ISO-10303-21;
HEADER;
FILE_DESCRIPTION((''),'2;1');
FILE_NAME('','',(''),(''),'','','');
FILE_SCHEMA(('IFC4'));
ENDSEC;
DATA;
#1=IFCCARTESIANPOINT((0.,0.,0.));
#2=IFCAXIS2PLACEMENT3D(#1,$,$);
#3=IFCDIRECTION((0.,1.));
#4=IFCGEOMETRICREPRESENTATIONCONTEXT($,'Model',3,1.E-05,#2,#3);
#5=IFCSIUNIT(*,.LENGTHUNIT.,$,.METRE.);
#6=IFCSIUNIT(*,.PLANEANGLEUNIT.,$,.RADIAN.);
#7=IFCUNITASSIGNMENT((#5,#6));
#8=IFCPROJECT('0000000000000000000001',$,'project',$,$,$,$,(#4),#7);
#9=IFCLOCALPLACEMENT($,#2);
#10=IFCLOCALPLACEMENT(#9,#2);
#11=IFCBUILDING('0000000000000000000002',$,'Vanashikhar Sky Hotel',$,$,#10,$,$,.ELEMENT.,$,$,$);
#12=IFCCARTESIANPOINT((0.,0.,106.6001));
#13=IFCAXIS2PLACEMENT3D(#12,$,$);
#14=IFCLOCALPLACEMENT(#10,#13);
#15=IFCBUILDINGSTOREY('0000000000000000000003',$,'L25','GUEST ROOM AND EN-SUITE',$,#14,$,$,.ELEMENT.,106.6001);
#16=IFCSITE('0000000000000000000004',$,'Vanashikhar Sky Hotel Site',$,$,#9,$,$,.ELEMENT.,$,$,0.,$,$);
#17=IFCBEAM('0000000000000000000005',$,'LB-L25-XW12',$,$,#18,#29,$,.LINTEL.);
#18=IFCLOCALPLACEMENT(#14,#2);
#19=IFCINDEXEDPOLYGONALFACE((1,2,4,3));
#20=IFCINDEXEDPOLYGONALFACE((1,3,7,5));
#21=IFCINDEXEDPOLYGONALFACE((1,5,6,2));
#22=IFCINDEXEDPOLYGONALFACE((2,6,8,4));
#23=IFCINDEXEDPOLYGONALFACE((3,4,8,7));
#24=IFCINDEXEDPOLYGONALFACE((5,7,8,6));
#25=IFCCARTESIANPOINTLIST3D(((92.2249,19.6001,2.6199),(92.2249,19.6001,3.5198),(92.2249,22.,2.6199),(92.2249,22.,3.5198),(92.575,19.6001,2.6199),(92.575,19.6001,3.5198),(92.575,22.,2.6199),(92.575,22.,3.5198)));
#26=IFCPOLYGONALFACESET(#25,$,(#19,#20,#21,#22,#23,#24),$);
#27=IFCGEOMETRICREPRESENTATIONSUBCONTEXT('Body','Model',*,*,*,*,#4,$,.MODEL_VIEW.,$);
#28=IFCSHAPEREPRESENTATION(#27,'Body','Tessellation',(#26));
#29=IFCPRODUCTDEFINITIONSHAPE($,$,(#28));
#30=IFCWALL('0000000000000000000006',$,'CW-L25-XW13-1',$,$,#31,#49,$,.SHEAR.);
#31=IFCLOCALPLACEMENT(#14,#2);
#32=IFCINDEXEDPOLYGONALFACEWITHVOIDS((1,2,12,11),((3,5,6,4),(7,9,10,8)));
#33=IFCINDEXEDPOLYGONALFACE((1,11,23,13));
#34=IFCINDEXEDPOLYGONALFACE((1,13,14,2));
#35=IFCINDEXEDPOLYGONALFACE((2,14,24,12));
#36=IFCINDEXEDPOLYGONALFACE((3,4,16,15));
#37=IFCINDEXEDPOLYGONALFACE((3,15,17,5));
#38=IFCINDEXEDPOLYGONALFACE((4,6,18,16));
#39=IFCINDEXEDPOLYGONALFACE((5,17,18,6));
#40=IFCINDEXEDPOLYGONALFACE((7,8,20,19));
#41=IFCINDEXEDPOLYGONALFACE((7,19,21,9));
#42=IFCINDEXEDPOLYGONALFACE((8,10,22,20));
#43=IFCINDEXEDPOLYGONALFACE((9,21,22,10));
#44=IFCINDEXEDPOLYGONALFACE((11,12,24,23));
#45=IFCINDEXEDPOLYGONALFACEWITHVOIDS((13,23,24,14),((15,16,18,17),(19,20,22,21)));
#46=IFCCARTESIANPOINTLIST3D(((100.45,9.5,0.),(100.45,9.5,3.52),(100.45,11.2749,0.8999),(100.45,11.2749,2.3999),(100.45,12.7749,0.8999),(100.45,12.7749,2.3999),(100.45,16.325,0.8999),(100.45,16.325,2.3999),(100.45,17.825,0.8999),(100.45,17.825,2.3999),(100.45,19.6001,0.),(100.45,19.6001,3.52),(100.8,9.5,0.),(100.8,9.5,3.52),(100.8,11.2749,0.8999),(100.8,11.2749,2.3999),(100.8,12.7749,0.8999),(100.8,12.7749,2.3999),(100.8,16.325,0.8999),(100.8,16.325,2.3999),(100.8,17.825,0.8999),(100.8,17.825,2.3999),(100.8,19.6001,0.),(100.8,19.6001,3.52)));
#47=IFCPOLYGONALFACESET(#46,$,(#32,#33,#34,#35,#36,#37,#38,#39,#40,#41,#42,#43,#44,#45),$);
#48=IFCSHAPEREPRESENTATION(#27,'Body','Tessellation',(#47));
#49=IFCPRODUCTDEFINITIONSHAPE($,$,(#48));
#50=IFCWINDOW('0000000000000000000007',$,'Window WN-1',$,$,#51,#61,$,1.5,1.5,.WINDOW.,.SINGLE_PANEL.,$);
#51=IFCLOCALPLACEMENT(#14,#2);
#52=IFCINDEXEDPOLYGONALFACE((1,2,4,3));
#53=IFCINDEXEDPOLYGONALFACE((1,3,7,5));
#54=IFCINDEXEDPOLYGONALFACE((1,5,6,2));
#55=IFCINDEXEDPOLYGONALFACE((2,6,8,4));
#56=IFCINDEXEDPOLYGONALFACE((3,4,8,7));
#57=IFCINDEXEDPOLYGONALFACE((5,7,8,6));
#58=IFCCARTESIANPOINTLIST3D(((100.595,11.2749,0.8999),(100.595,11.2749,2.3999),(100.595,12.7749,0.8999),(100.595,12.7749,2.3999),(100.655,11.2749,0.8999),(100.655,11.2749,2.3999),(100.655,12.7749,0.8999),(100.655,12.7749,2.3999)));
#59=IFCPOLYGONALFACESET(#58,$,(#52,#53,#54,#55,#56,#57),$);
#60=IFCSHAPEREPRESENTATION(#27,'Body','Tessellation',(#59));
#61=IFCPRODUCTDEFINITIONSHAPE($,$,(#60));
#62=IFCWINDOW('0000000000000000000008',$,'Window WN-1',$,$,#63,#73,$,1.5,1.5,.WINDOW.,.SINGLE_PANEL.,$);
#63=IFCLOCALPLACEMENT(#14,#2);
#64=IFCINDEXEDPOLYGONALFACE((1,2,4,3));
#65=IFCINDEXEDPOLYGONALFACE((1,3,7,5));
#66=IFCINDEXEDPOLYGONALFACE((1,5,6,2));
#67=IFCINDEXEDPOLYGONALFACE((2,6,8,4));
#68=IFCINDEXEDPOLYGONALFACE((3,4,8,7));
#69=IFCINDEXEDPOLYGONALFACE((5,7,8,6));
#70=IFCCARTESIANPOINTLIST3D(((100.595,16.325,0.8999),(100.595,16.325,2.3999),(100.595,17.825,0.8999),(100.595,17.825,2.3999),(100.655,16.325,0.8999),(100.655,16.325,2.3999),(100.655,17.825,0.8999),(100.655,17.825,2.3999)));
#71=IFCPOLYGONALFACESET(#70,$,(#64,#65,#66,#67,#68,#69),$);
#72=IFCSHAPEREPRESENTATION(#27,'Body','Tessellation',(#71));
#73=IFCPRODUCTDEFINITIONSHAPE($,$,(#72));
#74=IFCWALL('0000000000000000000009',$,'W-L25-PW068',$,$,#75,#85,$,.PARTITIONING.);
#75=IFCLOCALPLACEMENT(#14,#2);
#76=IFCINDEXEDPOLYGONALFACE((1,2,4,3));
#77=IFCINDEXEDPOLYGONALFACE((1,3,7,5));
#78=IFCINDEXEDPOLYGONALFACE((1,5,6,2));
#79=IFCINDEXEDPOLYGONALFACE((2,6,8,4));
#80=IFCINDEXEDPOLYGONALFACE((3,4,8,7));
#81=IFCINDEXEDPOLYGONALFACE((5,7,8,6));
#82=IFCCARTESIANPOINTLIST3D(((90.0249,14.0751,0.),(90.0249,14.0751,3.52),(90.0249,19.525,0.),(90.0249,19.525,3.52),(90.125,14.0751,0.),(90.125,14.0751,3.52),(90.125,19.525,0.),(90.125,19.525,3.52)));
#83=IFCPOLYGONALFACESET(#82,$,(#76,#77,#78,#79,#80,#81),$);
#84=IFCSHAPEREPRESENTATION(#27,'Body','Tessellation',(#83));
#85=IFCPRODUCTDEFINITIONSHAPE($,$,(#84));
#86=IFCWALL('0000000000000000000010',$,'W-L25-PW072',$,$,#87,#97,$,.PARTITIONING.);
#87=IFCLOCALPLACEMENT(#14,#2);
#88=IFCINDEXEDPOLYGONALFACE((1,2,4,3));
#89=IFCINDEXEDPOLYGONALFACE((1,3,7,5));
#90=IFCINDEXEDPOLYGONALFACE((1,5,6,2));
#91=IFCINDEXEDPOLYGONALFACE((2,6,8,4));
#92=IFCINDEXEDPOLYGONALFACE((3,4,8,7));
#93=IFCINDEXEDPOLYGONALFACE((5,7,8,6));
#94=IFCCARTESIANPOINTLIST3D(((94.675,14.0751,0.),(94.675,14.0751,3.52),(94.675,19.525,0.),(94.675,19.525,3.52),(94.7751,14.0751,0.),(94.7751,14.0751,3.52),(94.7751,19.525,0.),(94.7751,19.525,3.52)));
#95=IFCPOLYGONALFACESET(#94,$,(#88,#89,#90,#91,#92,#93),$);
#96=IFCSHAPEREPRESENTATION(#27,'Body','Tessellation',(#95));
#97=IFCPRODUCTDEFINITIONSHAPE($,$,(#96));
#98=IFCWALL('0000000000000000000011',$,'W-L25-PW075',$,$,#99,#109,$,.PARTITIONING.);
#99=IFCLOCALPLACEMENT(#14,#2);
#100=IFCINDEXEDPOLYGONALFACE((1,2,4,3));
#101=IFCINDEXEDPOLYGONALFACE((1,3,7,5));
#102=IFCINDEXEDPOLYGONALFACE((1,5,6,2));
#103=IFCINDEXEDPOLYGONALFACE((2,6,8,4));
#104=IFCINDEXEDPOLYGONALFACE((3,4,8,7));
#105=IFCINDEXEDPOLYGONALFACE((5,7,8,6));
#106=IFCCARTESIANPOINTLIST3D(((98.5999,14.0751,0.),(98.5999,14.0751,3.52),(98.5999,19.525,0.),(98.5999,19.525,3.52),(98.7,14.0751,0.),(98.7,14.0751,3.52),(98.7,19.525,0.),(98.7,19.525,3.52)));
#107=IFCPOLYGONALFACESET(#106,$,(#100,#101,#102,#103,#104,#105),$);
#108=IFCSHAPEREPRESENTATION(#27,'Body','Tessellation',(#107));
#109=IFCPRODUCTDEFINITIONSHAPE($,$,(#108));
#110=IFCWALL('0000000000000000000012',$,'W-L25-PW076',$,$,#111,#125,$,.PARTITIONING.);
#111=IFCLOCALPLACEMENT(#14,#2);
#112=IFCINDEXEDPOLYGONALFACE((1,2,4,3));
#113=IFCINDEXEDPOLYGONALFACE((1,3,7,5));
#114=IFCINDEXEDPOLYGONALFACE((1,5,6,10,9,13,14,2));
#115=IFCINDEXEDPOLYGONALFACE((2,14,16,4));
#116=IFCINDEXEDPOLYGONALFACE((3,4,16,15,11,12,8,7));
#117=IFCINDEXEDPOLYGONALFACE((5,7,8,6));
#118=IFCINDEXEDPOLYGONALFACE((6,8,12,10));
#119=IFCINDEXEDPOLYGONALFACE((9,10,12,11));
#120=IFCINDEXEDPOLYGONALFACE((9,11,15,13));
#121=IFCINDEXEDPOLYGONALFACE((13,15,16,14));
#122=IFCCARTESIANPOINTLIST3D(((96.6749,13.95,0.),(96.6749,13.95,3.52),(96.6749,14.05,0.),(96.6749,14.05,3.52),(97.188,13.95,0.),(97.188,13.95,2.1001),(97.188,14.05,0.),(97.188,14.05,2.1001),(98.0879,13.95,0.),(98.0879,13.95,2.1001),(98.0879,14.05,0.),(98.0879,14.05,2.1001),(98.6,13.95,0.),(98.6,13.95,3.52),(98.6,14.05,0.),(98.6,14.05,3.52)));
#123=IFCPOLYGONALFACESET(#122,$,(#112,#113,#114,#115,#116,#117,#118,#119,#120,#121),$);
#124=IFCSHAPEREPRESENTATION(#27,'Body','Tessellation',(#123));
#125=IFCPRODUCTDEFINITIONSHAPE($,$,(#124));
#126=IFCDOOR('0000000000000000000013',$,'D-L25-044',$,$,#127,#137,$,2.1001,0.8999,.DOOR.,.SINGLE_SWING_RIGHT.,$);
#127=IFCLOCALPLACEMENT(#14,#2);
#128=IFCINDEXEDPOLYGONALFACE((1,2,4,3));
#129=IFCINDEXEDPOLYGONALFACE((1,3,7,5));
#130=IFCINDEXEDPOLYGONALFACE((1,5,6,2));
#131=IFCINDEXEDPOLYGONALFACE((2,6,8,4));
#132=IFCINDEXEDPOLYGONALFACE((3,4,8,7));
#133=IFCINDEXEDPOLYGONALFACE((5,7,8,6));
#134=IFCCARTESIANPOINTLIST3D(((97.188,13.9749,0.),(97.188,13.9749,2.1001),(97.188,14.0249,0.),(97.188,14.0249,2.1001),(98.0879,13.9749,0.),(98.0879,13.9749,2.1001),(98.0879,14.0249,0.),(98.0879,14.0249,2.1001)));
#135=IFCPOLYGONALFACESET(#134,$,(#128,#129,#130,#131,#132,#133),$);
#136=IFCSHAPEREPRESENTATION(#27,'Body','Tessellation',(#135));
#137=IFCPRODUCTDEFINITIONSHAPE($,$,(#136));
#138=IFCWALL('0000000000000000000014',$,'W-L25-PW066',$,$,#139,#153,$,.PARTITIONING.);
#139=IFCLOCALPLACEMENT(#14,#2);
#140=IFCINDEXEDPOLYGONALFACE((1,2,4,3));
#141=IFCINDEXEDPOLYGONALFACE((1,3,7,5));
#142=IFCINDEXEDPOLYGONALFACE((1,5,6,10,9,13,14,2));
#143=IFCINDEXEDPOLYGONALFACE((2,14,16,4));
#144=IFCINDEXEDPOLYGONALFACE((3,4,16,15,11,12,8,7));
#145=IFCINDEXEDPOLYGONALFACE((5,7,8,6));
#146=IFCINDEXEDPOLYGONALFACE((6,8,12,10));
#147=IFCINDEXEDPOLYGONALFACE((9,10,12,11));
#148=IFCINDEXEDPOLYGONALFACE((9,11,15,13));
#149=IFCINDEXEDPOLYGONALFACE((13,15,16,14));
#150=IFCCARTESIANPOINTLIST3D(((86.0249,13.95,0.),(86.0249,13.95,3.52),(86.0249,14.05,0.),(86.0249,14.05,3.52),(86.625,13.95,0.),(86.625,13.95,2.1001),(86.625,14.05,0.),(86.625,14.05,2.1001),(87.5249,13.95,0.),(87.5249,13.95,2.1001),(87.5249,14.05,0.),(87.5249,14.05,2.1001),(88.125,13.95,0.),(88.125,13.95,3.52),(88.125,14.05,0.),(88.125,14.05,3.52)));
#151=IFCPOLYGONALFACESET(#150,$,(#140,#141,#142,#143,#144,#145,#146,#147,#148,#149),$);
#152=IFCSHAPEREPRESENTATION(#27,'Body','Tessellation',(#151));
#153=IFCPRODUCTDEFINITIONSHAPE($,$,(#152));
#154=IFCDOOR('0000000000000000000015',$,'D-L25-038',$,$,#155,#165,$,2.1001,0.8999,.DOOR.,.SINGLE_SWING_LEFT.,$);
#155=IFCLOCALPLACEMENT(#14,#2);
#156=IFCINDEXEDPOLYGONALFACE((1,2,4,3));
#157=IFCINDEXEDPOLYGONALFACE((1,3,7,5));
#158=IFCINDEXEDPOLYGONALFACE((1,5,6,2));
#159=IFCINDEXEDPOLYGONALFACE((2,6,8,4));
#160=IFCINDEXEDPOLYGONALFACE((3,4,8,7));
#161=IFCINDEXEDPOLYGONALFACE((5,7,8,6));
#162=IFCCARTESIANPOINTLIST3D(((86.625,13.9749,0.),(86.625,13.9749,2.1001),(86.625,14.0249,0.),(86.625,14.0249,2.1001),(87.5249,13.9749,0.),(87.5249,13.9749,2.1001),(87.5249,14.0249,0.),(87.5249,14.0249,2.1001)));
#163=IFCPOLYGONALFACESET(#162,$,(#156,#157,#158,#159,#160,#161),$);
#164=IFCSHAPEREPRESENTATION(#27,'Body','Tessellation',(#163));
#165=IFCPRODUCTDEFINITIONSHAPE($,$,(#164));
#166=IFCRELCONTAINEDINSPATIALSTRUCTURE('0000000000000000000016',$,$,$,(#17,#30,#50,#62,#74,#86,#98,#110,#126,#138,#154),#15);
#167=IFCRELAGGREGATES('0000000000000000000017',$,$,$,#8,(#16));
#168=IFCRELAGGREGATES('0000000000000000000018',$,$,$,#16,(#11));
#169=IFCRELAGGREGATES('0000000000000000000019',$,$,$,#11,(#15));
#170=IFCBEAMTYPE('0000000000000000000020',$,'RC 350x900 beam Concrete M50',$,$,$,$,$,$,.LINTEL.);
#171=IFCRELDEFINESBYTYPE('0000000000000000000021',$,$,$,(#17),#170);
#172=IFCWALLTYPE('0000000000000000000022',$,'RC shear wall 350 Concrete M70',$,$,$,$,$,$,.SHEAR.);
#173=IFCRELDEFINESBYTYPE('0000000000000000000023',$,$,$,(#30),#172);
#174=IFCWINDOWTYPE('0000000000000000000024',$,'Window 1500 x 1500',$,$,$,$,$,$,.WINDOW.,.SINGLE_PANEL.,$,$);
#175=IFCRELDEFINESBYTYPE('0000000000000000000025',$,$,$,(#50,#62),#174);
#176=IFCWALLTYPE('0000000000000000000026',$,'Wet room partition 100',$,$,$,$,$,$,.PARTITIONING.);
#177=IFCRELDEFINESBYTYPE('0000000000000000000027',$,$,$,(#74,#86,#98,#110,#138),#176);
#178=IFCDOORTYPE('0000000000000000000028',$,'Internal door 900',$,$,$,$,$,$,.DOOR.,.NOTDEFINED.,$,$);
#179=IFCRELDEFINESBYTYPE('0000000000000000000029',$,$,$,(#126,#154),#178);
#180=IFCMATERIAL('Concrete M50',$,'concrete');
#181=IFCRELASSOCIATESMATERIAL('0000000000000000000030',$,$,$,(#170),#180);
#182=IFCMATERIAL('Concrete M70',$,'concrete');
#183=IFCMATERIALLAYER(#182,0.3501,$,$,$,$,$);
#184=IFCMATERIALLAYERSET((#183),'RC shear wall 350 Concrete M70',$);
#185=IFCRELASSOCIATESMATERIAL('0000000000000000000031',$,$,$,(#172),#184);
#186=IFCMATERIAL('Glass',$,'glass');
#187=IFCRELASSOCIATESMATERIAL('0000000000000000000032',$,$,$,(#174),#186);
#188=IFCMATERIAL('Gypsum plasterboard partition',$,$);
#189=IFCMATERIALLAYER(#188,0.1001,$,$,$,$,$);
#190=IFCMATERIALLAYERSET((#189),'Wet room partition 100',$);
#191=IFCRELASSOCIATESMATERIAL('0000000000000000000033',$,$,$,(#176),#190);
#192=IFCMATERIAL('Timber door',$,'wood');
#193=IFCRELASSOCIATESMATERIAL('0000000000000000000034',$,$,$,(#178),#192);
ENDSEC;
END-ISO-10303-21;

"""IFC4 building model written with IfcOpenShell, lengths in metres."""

from ifc_helpers import new_model, si_unit, direction, frame, frame_2d, origin, origin_2d, place, context, subcontext, project, spatial, rectangle, extrude, source, transform, mapped, material, layer, layer_set, material_profile, profile_set, type_object, element, fill, save


model = new_model("IFC4")

# Units and contexts
model_context = context("Model", 3, precision=1e-05, world=origin(), true_north=direction((0.0, 1.0)))
body_context = subcontext(model_context, "Body", "Model", "MODEL_VIEW")
ifc_project = project(units=[si_unit("LENGTHUNIT", "METRE"), si_unit("PLANEANGLEUNIT", "RADIAN")], contexts=[model_context])

# Site, building, storey
site_placement = place(None, origin())
site = spatial("IfcSite", under=ifc_project, at=site_placement, Name="Vanashikhar Sky Hotel Site", CompositionType="ELEMENT", RefElevation=0.0)
building_placement = place(site_placement, origin())
building = spatial("IfcBuilding", under=site, at=building_placement, Name="Vanashikhar Sky Hotel", CompositionType="ELEMENT")
storey_placement = place(building_placement, frame((0.0, 0.0, 106.6001)))
storey = spatial("IfcBuildingStorey", under=building, at=storey_placement, Name="L25", Description="GUEST ROOM AND EN-SUITE", CompositionType="ELEMENT", Elevation=106.6001)

# Beam
ifc_material_1 = material(Name="Concrete M50", Category="concrete")
ifc_material_profile = material_profile(ifc_material_1, rectangle(XDim=0.3501, YDim=0.8999, at=origin_2d()))
ifc_profile_set = profile_set([ifc_material_profile], Name="RC 350x900 beam Concrete M50")
beam_type = type_object("IfcBeamType", Name="RC 350x900 beam Concrete M50", PredefinedType="LINTEL", material=ifc_profile_set)
shared_shape_1 = source(origin(), body_context, "Body", "SweptSolid", [
    extrude(rectangle(XDim=0.3501, YDim=0.8999, at=origin_2d()), origin(), (0.0, 0.0, 1.0), 2.3999),
])
beam_placement = place(storey_placement, frame((92.3999, 19.6001, 3.0698), z_axis=(0.0, 1.0, 0.0), x_axis=(-1.0, 0.0, 0.0)))
element("IfcBeam", 1, at=beam_placement, inside=storey, type_object=beam_type, Name="LB-L25-XW12", PredefinedType="LINTEL", context=body_context, shape_type="MappedRepresentation", body=[
    mapped(shared_shape_1, transform((0.0, 0.0, 0.0), scale=1.0)),
])

# Wall, openings, windows
ifc_material_2 = material(Name="Concrete M70", Category="concrete")
ifc_layer_1 = layer(ifc_material_2, 0.3501)
ifc_layer_set_1 = layer_set([ifc_layer_1], Name="RC shear wall 350 Concrete M70")
wall_type_1 = type_object("IfcWallType", Name="RC shear wall 350 Concrete M70", PredefinedType="SHEAR", material=ifc_layer_set_1)
shared_shape_2 = source(origin(), body_context, "Body", "SweptSolid", [
    extrude(rectangle(XDim=10.1001, YDim=0.3501, at=frame_2d((5.05, 0.0))), origin(), (0.0, 0.0, 1.0), 3.52),
])
wall_1_placement = place(storey_placement, frame((100.625, 9.5, 0.0), z_axis=(0.0, 0.0, 1.0), x_axis=(0.0, 1.0, 0.0)))
wall_1 = element("IfcWall", 2, at=wall_1_placement, inside=storey, type_object=wall_type_1, Name="CW-L25-XW13-1", PredefinedType="SHEAR", context=body_context, shape_type="MappedRepresentation", body=[
    mapped(shared_shape_2, transform((0.0, 0.0, 0.0), scale=1.0)),
])
shared_shape_3 = source(origin(), body_context, "Body", "SweptSolid", [
    extrude(rectangle(XDim=1.5, YDim=1.5, at=frame_2d((0.75, 0.75))), frame((0.0, 0.1851, 0.0), z_axis=(0.0, -1.0, 0.0), x_axis=(1.0, 0.0, 0.0)), (0.0, 0.0, 1.0), 0.3701),
])
opening_1_placement = place(wall_1_placement, frame((1.7749, 0.0, 0.8999)))
opening_1 = element("IfcOpeningElement", 3, at=opening_1_placement, cuts=wall_1, PredefinedType="OPENING", context=body_context, shape_type="MappedRepresentation", body=[
    mapped(shared_shape_3, transform((0.0, 0.0, 0.0), scale=1.0)),
])
opening_2_placement = place(wall_1_placement, frame((6.825, 0.0, 0.8999)))
opening_2 = element("IfcOpeningElement", 4, at=opening_2_placement, cuts=wall_1, PredefinedType="OPENING", context=body_context, shape_type="MappedRepresentation", body=[
    mapped(shared_shape_3, transform((0.0, 0.0, 0.0), scale=1.0)),
])
ifc_material_3 = material(Name="Glass", Category="glass")
window_type = type_object("IfcWindowType", Name="Window 1500 x 1500", PartitioningType="SINGLE_PANEL", PredefinedType="WINDOW", material=ifc_material_3)
shared_shape_4 = source(origin(), body_context, "Body", "SweptSolid", [
    extrude(rectangle(XDim=1.5, YDim=1.5, at=frame_2d((0.75, 0.75))), frame((0.0, 0.03, 0.0), z_axis=(0.0, -1.0, 0.0), x_axis=(1.0, 0.0, 0.0)), (0.0, 0.0, 1.0), 0.0601),
])
window_1_placement = place(opening_1_placement, origin())
window_1 = element("IfcWindow", 5, at=window_1_placement, inside=storey, type_object=window_type, Name="Window WN-1", OverallHeight=1.5, OverallWidth=1.5, PartitioningType="SINGLE_PANEL", PredefinedType="WINDOW", context=body_context, shape_type="MappedRepresentation", body=[
    mapped(shared_shape_4, transform((0.0, 0.0, 0.0), scale=1.0)),
])
fill(opening_1, window_1)
window_2_placement = place(opening_2_placement, origin())
window_2 = element("IfcWindow", 6, at=window_2_placement, inside=storey, type_object=window_type, Name="Window WN-1", OverallHeight=1.5, OverallWidth=1.5, PartitioningType="SINGLE_PANEL", PredefinedType="WINDOW", context=body_context, shape_type="MappedRepresentation", body=[
    mapped(shared_shape_4, transform((0.0, 0.0, 0.0), scale=1.0)),
])
fill(opening_2, window_2)

# Walls
ifc_material_4 = material(Name="Gypsum plasterboard partition")
ifc_layer_2 = layer(ifc_material_4, 0.1001)
ifc_layer_set_2 = layer_set([ifc_layer_2], Name="Wet room partition 100")
wall_type_2 = type_object("IfcWallType", Name="Wet room partition 100", PredefinedType="PARTITIONING", material=ifc_layer_set_2)
shared_shape_5 = source(origin(), body_context, "Body", "SweptSolid", [
    extrude(rectangle(XDim=5.45, YDim=0.1001, at=frame_2d((2.7251, 0.0))), origin(), (0.0, 0.0, 1.0), 3.52),
])
for number, where, z_axis, x_axis, name in (
    (7, (90.075, 14.075, 0.0), (0.0, 0.0, 1.0), (0.0, 1.0, 0.0), "W-L25-PW068"),
    (8, (94.7251, 14.075, 0.0), (0.0, 0.0, 1.0), (0.0, 1.0, 0.0), "W-L25-PW072"),
    (9, (98.6499, 14.075, 0.0), (0.0, 0.0, 1.0), (0.0, 1.0, 0.0), "W-L25-PW075"),
):
    element("IfcWall", number, at=place(storey_placement, frame(where, z_axis=z_axis, x_axis=x_axis)), inside=storey, type_object=wall_type_2, Name=name, PredefinedType="PARTITIONING", context=body_context, shape_type="MappedRepresentation", body=[
        mapped(shared_shape_5, transform((0.0, 0.0, 0.0), scale=1.0)),
    ])

# Walls, openings, doors
shared_shape_6 = source(origin(), body_context, "Body", "SweptSolid", [
    extrude(rectangle(XDim=1.925, YDim=0.1001, at=frame_2d((0.9624, 0.0))), origin(), (0.0, 0.0, 1.0), 3.52),
])
wall_2_placement = place(storey_placement, frame((96.675, 14.0, 0.0), z_axis=(0.0, 0.0, 1.0), x_axis=(1.0, 0.0, 0.0)))
wall_2 = element("IfcWall", 10, at=wall_2_placement, inside=storey, type_object=wall_type_2, Name="W-L25-PW076", PredefinedType="PARTITIONING", context=body_context, shape_type="MappedRepresentation", body=[
    mapped(shared_shape_6, transform((0.0, 0.0, 0.0), scale=1.0)),
])
shared_shape_7 = source(origin(), body_context, "Body", "SweptSolid", [
    extrude(rectangle(XDim=0.8999, YDim=2.1001, at=frame_2d((0.45, 1.05))), frame((0.0, 0.0601, 0.0), z_axis=(0.0, -1.0, 0.0), x_axis=(1.0, 0.0, 0.0)), (0.0, 0.0, 1.0), 0.1201),
])
opening_3_placement = place(wall_2_placement, frame((0.5129, 0.0, 0.0)))
opening_3 = element("IfcOpeningElement", 11, at=opening_3_placement, cuts=wall_2, PredefinedType="OPENING", context=body_context, shape_type="MappedRepresentation", body=[
    mapped(shared_shape_7, transform((0.0, 0.0, 0.0), scale=1.0)),
])
ifc_material_5 = material(Name="Timber door", Category="wood")
door_type_1 = type_object("IfcDoorType", Name="Internal door 900", OperationType="NOTDEFINED", PredefinedType="DOOR", material=ifc_material_5)
shared_shape_8 = source(origin(), body_context, "Body", "SweptSolid", [
    extrude(rectangle(XDim=0.8999, YDim=2.1001, at=frame_2d((0.45, 1.05))), frame((0.0, 0.0249, 0.0), z_axis=(0.0, -1.0, 0.0), x_axis=(1.0, 0.0, 0.0)), (0.0, 0.0, 1.0), 0.05),
])
door_1_placement = place(opening_3_placement, origin())
door_1 = element("IfcDoor", 12, at=door_1_placement, inside=storey, type_object=door_type_1, Name="D-L25-044", OperationType="SINGLE_SWING_RIGHT", OverallHeight=2.1001, OverallWidth=0.8999, PredefinedType="DOOR", context=body_context, shape_type="MappedRepresentation", body=[
    mapped(shared_shape_8, transform((0.0, 0.0, 0.0), scale=1.0)),
])
fill(opening_3, door_1)
shared_shape_9 = source(origin(), body_context, "Body", "SweptSolid", [
    extrude(rectangle(XDim=2.1001, YDim=0.1001, at=frame_2d((1.05, 0.0))), origin(), (0.0, 0.0, 1.0), 3.52),
])
wall_3_placement = place(storey_placement, frame((86.0249, 14.0, 0.0), z_axis=(0.0, 0.0, 1.0), x_axis=(1.0, 0.0, 0.0)))
wall_3 = element("IfcWall", 13, at=wall_3_placement, inside=storey, type_object=wall_type_2, Name="W-L25-PW066", PredefinedType="PARTITIONING", context=body_context, shape_type="MappedRepresentation", body=[
    mapped(shared_shape_9, transform((0.0, 0.0, 0.0), scale=1.0)),
])
opening_4_placement = place(wall_3_placement, frame((0.6001, 0.0, 0.0)))
opening_4 = element("IfcOpeningElement", 14, at=opening_4_placement, cuts=wall_3, PredefinedType="OPENING", context=body_context, shape_type="MappedRepresentation", body=[
    mapped(shared_shape_7, transform((0.0, 0.0, 0.0), scale=1.0)),
])
door_2_placement = place(opening_4_placement, origin())
door_2 = element("IfcDoor", 15, at=door_2_placement, inside=storey, type_object=door_type_1, Name="D-L25-038", OperationType="SINGLE_SWING_LEFT", OverallHeight=2.1001, OverallWidth=0.8999, PredefinedType="DOOR", context=body_context, shape_type="MappedRepresentation", body=[
    mapped(shared_shape_8, transform((0.0, 0.0, 0.0), scale=1.0)),
])
fill(opening_4, door_2)

save(model, "model.ifc")
